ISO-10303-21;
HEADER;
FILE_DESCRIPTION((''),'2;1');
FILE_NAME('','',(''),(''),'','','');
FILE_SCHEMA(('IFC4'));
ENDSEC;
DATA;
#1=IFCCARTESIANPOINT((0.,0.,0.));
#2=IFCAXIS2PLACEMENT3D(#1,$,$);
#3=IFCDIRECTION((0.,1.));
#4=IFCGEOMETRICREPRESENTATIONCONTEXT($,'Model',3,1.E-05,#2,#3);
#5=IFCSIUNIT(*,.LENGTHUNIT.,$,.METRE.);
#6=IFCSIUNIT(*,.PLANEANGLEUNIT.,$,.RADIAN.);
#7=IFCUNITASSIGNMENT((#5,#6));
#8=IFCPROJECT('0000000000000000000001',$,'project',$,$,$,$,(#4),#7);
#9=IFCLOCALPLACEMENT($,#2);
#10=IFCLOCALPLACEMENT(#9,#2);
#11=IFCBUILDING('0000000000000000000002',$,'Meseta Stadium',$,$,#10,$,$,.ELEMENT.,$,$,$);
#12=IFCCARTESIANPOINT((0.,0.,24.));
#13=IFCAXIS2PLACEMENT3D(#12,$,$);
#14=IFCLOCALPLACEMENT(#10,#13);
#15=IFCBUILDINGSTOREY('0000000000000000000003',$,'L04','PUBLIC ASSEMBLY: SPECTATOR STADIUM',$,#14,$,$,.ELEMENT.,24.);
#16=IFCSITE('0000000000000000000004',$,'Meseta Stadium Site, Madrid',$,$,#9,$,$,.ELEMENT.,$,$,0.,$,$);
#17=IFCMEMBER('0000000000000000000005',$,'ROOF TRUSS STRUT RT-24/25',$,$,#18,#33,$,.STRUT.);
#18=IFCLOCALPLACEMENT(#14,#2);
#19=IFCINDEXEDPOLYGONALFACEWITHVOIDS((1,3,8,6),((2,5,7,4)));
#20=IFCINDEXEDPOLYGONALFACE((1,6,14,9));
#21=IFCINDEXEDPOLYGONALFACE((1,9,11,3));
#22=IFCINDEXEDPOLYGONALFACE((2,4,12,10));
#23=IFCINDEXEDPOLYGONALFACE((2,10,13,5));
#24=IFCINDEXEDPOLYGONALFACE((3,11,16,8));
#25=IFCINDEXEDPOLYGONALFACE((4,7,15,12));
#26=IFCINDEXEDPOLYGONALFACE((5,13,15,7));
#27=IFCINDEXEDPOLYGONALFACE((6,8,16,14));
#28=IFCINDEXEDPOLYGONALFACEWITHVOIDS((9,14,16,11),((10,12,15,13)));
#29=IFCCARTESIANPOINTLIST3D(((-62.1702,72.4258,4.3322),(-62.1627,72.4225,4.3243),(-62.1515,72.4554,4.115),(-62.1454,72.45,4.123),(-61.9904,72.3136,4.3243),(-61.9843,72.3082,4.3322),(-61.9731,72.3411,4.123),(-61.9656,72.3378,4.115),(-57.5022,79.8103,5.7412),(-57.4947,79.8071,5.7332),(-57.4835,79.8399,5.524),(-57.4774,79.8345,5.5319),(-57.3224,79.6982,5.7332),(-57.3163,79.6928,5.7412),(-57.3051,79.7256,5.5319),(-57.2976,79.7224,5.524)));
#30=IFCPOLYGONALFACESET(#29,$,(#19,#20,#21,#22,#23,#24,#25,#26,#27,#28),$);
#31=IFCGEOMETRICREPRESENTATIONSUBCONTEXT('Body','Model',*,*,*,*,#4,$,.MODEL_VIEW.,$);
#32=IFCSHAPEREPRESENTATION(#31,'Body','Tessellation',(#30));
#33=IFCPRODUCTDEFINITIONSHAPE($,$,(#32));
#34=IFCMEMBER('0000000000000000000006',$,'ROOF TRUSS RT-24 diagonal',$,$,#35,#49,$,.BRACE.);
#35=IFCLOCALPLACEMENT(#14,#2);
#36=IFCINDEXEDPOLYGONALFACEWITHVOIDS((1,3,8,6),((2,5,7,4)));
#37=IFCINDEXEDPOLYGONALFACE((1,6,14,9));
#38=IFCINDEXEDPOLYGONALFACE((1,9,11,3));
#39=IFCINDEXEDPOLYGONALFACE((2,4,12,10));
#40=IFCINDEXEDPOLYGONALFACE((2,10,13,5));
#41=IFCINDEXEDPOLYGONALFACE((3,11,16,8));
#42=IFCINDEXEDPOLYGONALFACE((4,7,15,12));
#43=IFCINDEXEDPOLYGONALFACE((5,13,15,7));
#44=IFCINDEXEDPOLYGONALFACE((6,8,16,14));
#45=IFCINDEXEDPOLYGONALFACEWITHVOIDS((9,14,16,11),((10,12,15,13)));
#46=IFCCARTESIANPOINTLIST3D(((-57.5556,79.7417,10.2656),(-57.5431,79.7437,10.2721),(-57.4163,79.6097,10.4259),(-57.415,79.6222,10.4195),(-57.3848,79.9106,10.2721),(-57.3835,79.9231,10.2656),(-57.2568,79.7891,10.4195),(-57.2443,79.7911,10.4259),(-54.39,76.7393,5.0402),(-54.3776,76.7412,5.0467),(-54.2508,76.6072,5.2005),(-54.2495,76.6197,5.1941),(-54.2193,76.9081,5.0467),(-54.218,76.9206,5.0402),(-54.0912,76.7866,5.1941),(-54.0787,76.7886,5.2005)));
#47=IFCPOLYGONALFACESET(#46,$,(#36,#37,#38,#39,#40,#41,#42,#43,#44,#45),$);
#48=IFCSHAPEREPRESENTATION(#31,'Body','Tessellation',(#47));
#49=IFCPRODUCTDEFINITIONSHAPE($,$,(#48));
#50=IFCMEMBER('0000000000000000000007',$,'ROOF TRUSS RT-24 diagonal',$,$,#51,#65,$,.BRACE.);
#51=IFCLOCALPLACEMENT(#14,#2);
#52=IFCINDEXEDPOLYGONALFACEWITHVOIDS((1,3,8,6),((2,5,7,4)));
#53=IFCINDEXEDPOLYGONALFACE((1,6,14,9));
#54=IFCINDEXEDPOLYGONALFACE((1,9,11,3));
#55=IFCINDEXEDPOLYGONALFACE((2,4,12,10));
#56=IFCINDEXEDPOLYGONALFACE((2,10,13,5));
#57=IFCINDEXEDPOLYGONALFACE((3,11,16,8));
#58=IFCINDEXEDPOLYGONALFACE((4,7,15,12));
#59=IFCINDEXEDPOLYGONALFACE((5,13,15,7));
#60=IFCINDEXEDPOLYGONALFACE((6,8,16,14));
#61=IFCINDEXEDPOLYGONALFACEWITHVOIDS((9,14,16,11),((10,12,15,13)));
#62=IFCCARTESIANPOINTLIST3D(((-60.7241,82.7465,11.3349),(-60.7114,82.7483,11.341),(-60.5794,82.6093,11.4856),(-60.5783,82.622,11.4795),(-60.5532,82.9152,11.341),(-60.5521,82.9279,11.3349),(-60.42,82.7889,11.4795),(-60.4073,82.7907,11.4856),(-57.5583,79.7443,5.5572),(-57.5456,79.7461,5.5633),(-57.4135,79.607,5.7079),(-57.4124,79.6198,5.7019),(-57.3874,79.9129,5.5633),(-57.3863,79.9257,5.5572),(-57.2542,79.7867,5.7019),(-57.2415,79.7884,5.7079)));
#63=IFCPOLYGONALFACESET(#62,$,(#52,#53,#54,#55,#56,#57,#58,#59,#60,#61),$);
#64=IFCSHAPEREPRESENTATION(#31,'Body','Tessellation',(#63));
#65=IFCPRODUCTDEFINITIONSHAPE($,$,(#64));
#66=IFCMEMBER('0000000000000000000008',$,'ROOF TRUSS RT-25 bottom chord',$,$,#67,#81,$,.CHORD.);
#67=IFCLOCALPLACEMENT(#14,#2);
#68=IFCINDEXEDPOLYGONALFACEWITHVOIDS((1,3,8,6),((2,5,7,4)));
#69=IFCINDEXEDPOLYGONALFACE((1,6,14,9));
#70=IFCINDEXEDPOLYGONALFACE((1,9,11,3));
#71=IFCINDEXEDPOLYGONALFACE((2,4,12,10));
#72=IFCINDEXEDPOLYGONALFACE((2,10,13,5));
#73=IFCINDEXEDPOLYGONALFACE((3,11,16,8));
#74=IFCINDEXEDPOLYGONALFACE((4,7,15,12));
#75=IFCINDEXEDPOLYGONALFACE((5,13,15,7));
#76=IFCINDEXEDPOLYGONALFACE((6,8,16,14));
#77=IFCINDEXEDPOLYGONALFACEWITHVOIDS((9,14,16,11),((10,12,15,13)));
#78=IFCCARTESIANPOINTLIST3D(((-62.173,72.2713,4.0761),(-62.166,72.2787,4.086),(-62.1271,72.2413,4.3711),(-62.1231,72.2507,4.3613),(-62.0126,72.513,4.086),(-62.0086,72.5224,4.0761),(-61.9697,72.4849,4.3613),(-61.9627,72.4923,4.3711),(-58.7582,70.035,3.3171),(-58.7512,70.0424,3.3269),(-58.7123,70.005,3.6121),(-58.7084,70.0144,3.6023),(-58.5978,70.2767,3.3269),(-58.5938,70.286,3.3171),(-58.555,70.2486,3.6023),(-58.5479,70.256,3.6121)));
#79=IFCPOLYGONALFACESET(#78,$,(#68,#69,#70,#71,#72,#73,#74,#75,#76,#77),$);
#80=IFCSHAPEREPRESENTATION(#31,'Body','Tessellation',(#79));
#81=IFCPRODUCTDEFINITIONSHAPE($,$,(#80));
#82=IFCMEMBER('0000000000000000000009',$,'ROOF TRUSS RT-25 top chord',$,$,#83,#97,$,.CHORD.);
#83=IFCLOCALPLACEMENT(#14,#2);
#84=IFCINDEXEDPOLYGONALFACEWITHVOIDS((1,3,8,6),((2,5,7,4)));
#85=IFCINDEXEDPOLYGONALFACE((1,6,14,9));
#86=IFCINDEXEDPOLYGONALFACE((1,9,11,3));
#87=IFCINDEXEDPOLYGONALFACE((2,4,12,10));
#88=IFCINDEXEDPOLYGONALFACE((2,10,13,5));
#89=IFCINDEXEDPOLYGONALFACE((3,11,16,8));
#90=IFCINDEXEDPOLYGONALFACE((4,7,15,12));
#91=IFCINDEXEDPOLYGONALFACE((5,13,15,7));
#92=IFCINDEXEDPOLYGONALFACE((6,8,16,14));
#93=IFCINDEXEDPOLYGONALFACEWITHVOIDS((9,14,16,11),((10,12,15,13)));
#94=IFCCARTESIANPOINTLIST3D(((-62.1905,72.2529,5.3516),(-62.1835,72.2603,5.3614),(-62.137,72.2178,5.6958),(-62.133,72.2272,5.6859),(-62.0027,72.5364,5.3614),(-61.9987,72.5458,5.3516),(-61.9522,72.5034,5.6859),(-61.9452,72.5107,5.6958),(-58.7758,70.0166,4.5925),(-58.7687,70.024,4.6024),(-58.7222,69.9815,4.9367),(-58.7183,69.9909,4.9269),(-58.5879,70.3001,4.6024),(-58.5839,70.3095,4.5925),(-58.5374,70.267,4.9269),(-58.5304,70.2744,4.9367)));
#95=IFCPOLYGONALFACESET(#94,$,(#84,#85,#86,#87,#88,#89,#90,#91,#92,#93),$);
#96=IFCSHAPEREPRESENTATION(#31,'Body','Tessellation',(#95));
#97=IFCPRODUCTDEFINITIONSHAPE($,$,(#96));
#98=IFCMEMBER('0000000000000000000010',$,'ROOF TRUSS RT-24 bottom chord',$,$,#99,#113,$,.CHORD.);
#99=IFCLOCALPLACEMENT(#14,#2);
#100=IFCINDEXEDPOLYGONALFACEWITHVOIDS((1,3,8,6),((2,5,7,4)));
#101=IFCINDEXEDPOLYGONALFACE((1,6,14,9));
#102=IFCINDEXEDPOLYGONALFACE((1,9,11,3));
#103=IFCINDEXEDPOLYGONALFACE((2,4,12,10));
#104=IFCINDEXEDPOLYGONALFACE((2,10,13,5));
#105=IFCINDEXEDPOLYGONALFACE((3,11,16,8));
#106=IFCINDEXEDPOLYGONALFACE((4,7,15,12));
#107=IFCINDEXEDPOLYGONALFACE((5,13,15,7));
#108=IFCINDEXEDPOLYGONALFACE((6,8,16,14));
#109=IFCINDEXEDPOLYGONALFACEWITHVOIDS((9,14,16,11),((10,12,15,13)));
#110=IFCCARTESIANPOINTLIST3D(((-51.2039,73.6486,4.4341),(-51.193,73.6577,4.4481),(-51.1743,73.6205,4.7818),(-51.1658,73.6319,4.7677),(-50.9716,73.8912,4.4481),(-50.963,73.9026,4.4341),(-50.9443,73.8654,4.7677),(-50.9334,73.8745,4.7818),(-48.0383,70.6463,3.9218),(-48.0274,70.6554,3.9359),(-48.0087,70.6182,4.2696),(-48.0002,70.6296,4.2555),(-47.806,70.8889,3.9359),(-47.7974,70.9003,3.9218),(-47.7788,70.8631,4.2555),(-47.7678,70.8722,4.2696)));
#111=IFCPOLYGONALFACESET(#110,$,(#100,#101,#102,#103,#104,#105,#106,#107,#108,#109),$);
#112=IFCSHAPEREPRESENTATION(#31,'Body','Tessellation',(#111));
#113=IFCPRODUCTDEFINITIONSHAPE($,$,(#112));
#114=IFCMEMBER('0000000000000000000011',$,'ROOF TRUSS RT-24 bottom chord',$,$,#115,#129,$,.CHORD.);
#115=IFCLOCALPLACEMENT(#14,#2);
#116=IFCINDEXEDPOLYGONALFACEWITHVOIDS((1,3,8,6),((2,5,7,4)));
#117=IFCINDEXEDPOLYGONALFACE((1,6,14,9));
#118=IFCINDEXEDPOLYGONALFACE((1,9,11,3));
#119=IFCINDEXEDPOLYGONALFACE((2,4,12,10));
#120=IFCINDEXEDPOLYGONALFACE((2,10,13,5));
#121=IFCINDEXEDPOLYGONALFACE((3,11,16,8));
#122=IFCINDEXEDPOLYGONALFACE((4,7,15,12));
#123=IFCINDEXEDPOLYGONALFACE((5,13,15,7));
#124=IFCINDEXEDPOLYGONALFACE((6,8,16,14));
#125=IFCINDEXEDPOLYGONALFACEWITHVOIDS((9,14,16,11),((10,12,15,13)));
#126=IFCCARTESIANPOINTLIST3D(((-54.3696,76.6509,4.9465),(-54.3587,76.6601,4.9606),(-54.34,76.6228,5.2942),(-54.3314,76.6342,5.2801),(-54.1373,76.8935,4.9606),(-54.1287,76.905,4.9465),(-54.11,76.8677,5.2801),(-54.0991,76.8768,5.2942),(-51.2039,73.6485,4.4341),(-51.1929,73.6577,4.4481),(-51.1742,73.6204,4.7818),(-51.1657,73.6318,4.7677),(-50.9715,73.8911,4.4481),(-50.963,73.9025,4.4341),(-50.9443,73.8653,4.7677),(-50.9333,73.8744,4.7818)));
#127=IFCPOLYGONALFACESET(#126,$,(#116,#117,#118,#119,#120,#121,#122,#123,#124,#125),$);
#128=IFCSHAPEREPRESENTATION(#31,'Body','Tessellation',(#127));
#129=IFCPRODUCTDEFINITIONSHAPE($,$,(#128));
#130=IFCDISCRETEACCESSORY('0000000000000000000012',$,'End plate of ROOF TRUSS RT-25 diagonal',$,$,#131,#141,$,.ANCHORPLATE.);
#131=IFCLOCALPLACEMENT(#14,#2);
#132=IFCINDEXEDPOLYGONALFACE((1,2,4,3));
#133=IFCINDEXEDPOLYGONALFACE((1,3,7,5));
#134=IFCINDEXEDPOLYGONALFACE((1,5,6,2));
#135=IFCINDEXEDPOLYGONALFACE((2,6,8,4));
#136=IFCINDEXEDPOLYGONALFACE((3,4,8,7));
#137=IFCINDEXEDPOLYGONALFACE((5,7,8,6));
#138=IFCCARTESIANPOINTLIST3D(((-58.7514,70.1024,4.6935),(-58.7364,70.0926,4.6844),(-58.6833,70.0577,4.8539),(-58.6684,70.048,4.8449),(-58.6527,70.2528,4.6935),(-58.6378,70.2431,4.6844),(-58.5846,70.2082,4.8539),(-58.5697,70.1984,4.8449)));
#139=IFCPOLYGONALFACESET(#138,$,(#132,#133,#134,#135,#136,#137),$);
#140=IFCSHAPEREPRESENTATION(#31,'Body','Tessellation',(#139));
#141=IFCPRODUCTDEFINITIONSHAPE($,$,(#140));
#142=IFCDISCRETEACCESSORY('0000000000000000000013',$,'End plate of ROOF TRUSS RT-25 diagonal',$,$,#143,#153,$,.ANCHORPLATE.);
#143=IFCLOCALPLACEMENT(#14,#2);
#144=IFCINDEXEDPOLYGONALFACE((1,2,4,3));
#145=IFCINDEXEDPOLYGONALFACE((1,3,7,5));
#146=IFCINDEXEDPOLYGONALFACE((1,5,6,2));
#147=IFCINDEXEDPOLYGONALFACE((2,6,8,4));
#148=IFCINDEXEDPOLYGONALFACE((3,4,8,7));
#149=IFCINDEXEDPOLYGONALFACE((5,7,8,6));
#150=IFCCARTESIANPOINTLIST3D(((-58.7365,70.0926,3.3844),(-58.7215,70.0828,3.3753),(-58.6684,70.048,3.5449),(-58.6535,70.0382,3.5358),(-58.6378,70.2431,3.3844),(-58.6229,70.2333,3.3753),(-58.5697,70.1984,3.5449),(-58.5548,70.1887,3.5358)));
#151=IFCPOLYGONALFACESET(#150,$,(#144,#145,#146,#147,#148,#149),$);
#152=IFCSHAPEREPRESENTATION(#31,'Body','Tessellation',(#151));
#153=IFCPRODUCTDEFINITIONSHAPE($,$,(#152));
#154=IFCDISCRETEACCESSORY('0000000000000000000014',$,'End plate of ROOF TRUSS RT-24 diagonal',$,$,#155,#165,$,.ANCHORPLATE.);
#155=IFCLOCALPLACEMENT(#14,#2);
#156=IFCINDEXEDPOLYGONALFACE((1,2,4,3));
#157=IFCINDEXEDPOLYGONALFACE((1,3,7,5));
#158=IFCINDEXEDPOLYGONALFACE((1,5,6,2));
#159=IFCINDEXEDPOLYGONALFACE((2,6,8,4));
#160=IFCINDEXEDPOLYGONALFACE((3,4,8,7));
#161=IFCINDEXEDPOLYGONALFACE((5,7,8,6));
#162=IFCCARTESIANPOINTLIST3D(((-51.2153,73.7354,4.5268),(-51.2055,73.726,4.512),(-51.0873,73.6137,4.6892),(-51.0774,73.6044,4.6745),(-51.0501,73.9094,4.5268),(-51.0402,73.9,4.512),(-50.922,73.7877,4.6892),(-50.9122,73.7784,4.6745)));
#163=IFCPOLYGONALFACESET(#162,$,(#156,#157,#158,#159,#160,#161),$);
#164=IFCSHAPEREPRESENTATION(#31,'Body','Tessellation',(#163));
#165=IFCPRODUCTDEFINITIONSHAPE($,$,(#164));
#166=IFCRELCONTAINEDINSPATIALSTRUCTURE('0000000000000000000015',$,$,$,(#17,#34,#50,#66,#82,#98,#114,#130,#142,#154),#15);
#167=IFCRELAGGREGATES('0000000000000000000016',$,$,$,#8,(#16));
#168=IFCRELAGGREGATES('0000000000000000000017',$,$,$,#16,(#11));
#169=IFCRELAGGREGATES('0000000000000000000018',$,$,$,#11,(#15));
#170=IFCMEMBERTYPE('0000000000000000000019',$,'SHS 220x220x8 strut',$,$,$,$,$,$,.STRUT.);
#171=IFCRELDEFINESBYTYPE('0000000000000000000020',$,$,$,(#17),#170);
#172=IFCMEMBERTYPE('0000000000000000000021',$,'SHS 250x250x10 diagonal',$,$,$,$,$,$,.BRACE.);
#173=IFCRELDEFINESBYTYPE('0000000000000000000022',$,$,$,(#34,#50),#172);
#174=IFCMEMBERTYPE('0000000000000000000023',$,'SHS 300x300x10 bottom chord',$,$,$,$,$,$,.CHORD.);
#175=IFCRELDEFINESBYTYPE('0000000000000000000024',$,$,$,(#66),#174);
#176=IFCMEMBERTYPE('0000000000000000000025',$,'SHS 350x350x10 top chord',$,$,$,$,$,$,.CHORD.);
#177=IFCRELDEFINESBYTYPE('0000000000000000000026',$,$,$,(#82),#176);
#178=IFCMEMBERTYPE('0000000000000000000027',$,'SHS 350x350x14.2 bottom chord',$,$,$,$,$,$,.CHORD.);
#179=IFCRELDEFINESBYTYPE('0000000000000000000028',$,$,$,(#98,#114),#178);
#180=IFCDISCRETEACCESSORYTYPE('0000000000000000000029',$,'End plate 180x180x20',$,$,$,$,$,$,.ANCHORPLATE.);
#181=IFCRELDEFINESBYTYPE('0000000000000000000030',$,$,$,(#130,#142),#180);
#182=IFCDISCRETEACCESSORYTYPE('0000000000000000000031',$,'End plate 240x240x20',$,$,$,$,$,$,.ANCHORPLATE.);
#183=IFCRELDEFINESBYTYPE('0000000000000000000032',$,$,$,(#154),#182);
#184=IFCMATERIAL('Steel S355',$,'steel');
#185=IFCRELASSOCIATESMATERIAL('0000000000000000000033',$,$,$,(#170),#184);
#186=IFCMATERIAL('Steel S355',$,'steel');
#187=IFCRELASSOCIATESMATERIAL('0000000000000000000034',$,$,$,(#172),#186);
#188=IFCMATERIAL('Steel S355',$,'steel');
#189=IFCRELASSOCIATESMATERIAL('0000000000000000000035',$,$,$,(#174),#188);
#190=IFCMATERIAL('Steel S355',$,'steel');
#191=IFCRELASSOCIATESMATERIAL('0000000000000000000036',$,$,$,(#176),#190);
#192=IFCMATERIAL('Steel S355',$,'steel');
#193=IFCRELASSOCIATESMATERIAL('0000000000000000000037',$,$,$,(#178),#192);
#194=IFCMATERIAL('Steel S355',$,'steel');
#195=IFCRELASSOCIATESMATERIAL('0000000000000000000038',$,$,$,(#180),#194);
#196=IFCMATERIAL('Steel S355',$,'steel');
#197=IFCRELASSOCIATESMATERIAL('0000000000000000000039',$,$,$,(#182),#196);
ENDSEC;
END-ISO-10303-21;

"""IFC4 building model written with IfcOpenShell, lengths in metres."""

from ifc_helpers import new_model, si_unit, direction, frame, origin, origin_2d, place, context, subcontext, project, spatial, rectangle, hollow_rectangle, extrude, material, material_profile, profile_set, type_object, element, save


model = new_model("IFC4")

# Units and contexts
model_context = context("Model", 3, precision=1e-05, world=origin(), true_north=direction((0.0, 1.0)))
body_context = subcontext(model_context, "Body", "Model", "MODEL_VIEW")
ifc_project = project(units=[si_unit("LENGTHUNIT", "METRE"), si_unit("PLANEANGLEUNIT", "RADIAN")], contexts=[model_context])

# Site, building, storey
site_placement = place(None, origin())
site = spatial("IfcSite", under=ifc_project, at=site_placement, Name="Meseta Stadium Site, Madrid", CompositionType="ELEMENT", RefElevation=0.0)
building_placement = place(site_placement, origin())
building = spatial("IfcBuilding", under=site, at=building_placement, Name="Meseta Stadium", CompositionType="ELEMENT")
storey_placement = place(building_placement, frame((0.0, 0.0, 24.0)))
storey = spatial("IfcBuildingStorey", under=building, at=storey_placement, Name="L04", Description="PUBLIC ASSEMBLY: SPECTATOR STADIUM", CompositionType="ELEMENT", Elevation=24.0)

# Members
ifc_material_1 = material(Name="Steel S355", Category="steel")
ifc_material_profile_1 = material_profile(ifc_material_1, hollow_rectangle(XDim=0.22, YDim=0.22, WallThickness=0.0081, at=origin_2d()), Name="SHS 220x220x8")
ifc_profile_set_1 = profile_set([ifc_material_profile_1], Name="Steel S355")
member_type_1 = type_object("IfcMemberType", Name="SHS 220x220x8 strut", PredefinedType="STRUT", material=ifc_profile_set_1)
member_1_placement = place(storey_placement, frame((-57.3999, 79.7664, 5.6326), z_axis=(-0.527509, -0.834496, -0.159218), x_axis=(0.845279, -0.534325, 0.0)))
element("IfcMember", 1, at=member_1_placement, inside=storey, type_object=member_type_1, Name="ROOF TRUSS STRUT RT-24/25", PredefinedType="STRUT", context=body_context, shape_type="SweptSolid", body=[
    extrude(hollow_rectangle(XDim=0.22, YDim=0.22, WallThickness=0.0081, at=origin_2d()), origin(), (0.0, 0.0, 1.0), 8.8491),
])
ifc_material_2 = material(Name="Steel S355", Category="steel")
ifc_material_profile_2 = material_profile(ifc_material_2, hollow_rectangle(XDim=0.25, YDim=0.25, WallThickness=0.01, at=origin_2d()), Name="SHS 250x250x10")
ifc_profile_set_2 = profile_set([ifc_material_profile_2], Name="Steel S355")
member_type_2 = type_object("IfcMemberType", Name="SHS 250x250x10 diagonal", PredefinedType="BRACE", material=ifc_profile_set_2)
member_2_placement = place(storey_placement, frame((-54.2344, 76.7639, 5.1204), z_axis=(-0.465019, 0.441062, 0.767608), x_axis=(-0.68817, -0.72555, 0.0)))
element("IfcMember", 2, at=member_2_placement, inside=storey, type_object=member_type_2, Name="ROOF TRUSS RT-24 diagonal", PredefinedType="BRACE", context=body_context, shape_type="SweptSolid", body=[
    extrude(hollow_rectangle(XDim=0.25, YDim=0.25, WallThickness=0.01, at=origin_2d()), origin(), (0.0, 0.0, 1.0), 6.8074),
])
member_3_placement = place(storey_placement, frame((-57.3999, 79.7664, 5.6326), z_axis=(-0.437269, 0.414675, 0.798023), x_axis=(-0.688112, -0.725604, 0.0)))
element("IfcMember", 3, at=member_3_placement, inside=storey, type_object=member_type_2, Name="ROOF TRUSS RT-24 diagonal", PredefinedType="BRACE", context=body_context, shape_type="SweptSolid", body=[
    extrude(hollow_rectangle(XDim=0.25, YDim=0.25, WallThickness=0.01, at=origin_2d()), origin(), (0.0, 0.0, 1.0), 7.24),
])
ifc_material_3 = material(Name="Steel S355", Category="steel")
ifc_material_profile_3 = material_profile(ifc_material_3, hollow_rectangle(XDim=0.3, YDim=0.3, WallThickness=0.01, at=origin_2d()), Name="SHS 300x300x10")
ifc_profile_set_3 = profile_set([ifc_material_profile_3], Name="Steel S355")
member_type_3 = type_object("IfcMemberType", Name="SHS 300x300x10 bottom chord", PredefinedType="CHORD", material=ifc_profile_set_3)
member_4_placement = place(storey_placement, frame((-58.6531, 70.1455, 3.4646), z_axis=(-0.822469, 0.53863, 0.182817), x_axis=(-0.547863, -0.836568, 0.0)))
element("IfcMember", 4, at=member_4_placement, inside=storey, type_object=member_type_3, Name="ROOF TRUSS RT-25 bottom chord", PredefinedType="CHORD", context=body_context, shape_type="SweptSolid", body=[
    extrude(hollow_rectangle(XDim=0.3, YDim=0.3, WallThickness=0.01, at=origin_2d()), origin(), (0.0, 0.0, 1.0), 4.1519),
])
ifc_material_4 = material(Name="Steel S355", Category="steel")
ifc_material_profile_4 = material_profile(ifc_material_4, hollow_rectangle(XDim=0.3501, YDim=0.3501, WallThickness=0.01, at=origin_2d()), Name="SHS 350x350x10")
ifc_profile_set_4 = profile_set([ifc_material_profile_4], Name="Steel S355")
member_type_4 = type_object("IfcMemberType", Name="SHS 350x350x10 top chord", PredefinedType="CHORD", material=ifc_profile_set_4)
member_5_placement = place(storey_placement, frame((-58.6531, 70.1455, 4.7646), z_axis=(-0.822469, 0.53863, 0.182817), x_axis=(-0.547863, -0.836568, 0.0)))
element("IfcMember", 5, at=member_5_placement, inside=storey, type_object=member_type_4, Name="ROOF TRUSS RT-25 top chord", PredefinedType="CHORD", context=body_context, shape_type="SweptSolid", body=[
    extrude(hollow_rectangle(XDim=0.3501, YDim=0.3501, WallThickness=0.01, at=origin_2d()), origin(), (0.0, 0.0, 1.0), 4.1519),
])
ifc_material_5 = material(Name="Steel S355", Category="steel")
ifc_material_profile_5 = material_profile(ifc_material_5, hollow_rectangle(XDim=0.3501, YDim=0.3501, WallThickness=0.0142, at=origin_2d()), Name="SHS 350x350x14.2")
ifc_profile_set_5 = profile_set([ifc_material_profile_5], Name="Steel S355")
member_type_5 = type_object("IfcMemberType", Name="SHS 350x350x14.2 bottom chord", PredefinedType="CHORD", material=ifc_profile_set_5)
member_6_placement = place(storey_placement, frame((-47.9031, 70.7593, 4.0957), z_axis=(-0.720628, 0.683446, 0.116603), x_axis=(-0.68814, -0.725578, 0.0)))
element("IfcMember", 6, at=member_6_placement, inside=storey, type_object=member_type_5, Name="ROOF TRUSS RT-24 bottom chord", PredefinedType="CHORD", context=body_context, shape_type="SweptSolid", body=[
    extrude(hollow_rectangle(XDim=0.3501, YDim=0.3501, WallThickness=0.0142, at=origin_2d()), origin(), (0.0, 0.0, 1.0), 4.3928),
])
member_7_placement = place(storey_placement, frame((-51.0686, 73.7615, 4.6079), z_axis=(-0.720623, 0.683444, 0.116649), x_axis=(-0.688142, -0.725576, 0.0)))
element("IfcMember", 7, at=member_7_placement, inside=storey, type_object=member_type_5, Name="ROOF TRUSS RT-24 bottom chord", PredefinedType="CHORD", context=body_context, shape_type="SweptSolid", body=[
    extrude(hollow_rectangle(XDim=0.3501, YDim=0.3501, WallThickness=0.0142, at=origin_2d()), origin(), (0.0, 0.0, 1.0), 4.3931),
])

# Discrete accessories
ifc_material_6 = material(Name="Steel S355", Category="steel")
ifc_material_profile_6 = material_profile(ifc_material_6, rectangle(XDim=0.1799, YDim=0.1799, at=origin_2d()), Name="PL 180x180")
ifc_profile_set_6 = profile_set([ifc_material_profile_6], Name="Steel S355")
discrete_accessory_type_1 = type_object("IfcDiscreteAccessoryType", Name="End plate 180x180x20", PredefinedType="ANCHORPLATE", material=ifc_profile_set_6)
for number, where, z_axis, x_axis, name in (
    (8, (-58.6531, 70.1455, 4.7646), (-0.74579, 0.489043, 0.452365), (-0.548357, -0.836244, 0.0), "End plate of ROOF TRUSS RT-25 diagonal"),
    (9, (-58.6382, 70.1357, 3.4556), (-0.74579, 0.489043, 0.452365), (-0.548357, -0.836244, 0.0), "End plate of ROOF TRUSS RT-25 diagonal"),
):
    element("IfcDiscreteAccessory", number, at=place(storey_placement, frame(where, z_axis=z_axis, x_axis=x_axis)), inside=storey, type_object=discrete_accessory_type_1, Name=name, PredefinedType="ANCHORPLATE", context=body_context, shape_type="SweptSolid", body=[
        extrude(rectangle(XDim=0.1799, YDim=0.1799, at=origin_2d()), origin(), (0.0, 0.0, 1.0), 0.02),
    ])
ifc_material_7 = material(Name="Steel S355", Category="steel")
ifc_material_profile_7 = material_profile(ifc_material_7, rectangle(XDim=0.24, YDim=0.24, at=origin_2d()), Name="PL 240x240")
ifc_profile_set_7 = profile_set([ifc_material_profile_7], Name="Steel S355")
discrete_accessory_type_2 = type_object("IfcDiscreteAccessoryType", Name="End plate 240x240x20", PredefinedType="ANCHORPLATE", material=ifc_profile_set_7)
discrete_accessory_placement = place(storey_placement, frame((-51.0588, 73.7522, 4.5933), z_axis=(-0.490733, 0.466196, 0.736099), x_axis=(-0.688749, -0.724999, 0.0)))
element("IfcDiscreteAccessory", 10, at=discrete_accessory_placement, inside=storey, type_object=discrete_accessory_type_2, Name="End plate of ROOF TRUSS RT-24 diagonal", PredefinedType="ANCHORPLATE", context=body_context, shape_type="SweptSolid", body=[
    extrude(rectangle(XDim=0.24, YDim=0.24, at=origin_2d()), origin(), (0.0, 0.0, 1.0), 0.02),
])

save(model, "model.ifc")
